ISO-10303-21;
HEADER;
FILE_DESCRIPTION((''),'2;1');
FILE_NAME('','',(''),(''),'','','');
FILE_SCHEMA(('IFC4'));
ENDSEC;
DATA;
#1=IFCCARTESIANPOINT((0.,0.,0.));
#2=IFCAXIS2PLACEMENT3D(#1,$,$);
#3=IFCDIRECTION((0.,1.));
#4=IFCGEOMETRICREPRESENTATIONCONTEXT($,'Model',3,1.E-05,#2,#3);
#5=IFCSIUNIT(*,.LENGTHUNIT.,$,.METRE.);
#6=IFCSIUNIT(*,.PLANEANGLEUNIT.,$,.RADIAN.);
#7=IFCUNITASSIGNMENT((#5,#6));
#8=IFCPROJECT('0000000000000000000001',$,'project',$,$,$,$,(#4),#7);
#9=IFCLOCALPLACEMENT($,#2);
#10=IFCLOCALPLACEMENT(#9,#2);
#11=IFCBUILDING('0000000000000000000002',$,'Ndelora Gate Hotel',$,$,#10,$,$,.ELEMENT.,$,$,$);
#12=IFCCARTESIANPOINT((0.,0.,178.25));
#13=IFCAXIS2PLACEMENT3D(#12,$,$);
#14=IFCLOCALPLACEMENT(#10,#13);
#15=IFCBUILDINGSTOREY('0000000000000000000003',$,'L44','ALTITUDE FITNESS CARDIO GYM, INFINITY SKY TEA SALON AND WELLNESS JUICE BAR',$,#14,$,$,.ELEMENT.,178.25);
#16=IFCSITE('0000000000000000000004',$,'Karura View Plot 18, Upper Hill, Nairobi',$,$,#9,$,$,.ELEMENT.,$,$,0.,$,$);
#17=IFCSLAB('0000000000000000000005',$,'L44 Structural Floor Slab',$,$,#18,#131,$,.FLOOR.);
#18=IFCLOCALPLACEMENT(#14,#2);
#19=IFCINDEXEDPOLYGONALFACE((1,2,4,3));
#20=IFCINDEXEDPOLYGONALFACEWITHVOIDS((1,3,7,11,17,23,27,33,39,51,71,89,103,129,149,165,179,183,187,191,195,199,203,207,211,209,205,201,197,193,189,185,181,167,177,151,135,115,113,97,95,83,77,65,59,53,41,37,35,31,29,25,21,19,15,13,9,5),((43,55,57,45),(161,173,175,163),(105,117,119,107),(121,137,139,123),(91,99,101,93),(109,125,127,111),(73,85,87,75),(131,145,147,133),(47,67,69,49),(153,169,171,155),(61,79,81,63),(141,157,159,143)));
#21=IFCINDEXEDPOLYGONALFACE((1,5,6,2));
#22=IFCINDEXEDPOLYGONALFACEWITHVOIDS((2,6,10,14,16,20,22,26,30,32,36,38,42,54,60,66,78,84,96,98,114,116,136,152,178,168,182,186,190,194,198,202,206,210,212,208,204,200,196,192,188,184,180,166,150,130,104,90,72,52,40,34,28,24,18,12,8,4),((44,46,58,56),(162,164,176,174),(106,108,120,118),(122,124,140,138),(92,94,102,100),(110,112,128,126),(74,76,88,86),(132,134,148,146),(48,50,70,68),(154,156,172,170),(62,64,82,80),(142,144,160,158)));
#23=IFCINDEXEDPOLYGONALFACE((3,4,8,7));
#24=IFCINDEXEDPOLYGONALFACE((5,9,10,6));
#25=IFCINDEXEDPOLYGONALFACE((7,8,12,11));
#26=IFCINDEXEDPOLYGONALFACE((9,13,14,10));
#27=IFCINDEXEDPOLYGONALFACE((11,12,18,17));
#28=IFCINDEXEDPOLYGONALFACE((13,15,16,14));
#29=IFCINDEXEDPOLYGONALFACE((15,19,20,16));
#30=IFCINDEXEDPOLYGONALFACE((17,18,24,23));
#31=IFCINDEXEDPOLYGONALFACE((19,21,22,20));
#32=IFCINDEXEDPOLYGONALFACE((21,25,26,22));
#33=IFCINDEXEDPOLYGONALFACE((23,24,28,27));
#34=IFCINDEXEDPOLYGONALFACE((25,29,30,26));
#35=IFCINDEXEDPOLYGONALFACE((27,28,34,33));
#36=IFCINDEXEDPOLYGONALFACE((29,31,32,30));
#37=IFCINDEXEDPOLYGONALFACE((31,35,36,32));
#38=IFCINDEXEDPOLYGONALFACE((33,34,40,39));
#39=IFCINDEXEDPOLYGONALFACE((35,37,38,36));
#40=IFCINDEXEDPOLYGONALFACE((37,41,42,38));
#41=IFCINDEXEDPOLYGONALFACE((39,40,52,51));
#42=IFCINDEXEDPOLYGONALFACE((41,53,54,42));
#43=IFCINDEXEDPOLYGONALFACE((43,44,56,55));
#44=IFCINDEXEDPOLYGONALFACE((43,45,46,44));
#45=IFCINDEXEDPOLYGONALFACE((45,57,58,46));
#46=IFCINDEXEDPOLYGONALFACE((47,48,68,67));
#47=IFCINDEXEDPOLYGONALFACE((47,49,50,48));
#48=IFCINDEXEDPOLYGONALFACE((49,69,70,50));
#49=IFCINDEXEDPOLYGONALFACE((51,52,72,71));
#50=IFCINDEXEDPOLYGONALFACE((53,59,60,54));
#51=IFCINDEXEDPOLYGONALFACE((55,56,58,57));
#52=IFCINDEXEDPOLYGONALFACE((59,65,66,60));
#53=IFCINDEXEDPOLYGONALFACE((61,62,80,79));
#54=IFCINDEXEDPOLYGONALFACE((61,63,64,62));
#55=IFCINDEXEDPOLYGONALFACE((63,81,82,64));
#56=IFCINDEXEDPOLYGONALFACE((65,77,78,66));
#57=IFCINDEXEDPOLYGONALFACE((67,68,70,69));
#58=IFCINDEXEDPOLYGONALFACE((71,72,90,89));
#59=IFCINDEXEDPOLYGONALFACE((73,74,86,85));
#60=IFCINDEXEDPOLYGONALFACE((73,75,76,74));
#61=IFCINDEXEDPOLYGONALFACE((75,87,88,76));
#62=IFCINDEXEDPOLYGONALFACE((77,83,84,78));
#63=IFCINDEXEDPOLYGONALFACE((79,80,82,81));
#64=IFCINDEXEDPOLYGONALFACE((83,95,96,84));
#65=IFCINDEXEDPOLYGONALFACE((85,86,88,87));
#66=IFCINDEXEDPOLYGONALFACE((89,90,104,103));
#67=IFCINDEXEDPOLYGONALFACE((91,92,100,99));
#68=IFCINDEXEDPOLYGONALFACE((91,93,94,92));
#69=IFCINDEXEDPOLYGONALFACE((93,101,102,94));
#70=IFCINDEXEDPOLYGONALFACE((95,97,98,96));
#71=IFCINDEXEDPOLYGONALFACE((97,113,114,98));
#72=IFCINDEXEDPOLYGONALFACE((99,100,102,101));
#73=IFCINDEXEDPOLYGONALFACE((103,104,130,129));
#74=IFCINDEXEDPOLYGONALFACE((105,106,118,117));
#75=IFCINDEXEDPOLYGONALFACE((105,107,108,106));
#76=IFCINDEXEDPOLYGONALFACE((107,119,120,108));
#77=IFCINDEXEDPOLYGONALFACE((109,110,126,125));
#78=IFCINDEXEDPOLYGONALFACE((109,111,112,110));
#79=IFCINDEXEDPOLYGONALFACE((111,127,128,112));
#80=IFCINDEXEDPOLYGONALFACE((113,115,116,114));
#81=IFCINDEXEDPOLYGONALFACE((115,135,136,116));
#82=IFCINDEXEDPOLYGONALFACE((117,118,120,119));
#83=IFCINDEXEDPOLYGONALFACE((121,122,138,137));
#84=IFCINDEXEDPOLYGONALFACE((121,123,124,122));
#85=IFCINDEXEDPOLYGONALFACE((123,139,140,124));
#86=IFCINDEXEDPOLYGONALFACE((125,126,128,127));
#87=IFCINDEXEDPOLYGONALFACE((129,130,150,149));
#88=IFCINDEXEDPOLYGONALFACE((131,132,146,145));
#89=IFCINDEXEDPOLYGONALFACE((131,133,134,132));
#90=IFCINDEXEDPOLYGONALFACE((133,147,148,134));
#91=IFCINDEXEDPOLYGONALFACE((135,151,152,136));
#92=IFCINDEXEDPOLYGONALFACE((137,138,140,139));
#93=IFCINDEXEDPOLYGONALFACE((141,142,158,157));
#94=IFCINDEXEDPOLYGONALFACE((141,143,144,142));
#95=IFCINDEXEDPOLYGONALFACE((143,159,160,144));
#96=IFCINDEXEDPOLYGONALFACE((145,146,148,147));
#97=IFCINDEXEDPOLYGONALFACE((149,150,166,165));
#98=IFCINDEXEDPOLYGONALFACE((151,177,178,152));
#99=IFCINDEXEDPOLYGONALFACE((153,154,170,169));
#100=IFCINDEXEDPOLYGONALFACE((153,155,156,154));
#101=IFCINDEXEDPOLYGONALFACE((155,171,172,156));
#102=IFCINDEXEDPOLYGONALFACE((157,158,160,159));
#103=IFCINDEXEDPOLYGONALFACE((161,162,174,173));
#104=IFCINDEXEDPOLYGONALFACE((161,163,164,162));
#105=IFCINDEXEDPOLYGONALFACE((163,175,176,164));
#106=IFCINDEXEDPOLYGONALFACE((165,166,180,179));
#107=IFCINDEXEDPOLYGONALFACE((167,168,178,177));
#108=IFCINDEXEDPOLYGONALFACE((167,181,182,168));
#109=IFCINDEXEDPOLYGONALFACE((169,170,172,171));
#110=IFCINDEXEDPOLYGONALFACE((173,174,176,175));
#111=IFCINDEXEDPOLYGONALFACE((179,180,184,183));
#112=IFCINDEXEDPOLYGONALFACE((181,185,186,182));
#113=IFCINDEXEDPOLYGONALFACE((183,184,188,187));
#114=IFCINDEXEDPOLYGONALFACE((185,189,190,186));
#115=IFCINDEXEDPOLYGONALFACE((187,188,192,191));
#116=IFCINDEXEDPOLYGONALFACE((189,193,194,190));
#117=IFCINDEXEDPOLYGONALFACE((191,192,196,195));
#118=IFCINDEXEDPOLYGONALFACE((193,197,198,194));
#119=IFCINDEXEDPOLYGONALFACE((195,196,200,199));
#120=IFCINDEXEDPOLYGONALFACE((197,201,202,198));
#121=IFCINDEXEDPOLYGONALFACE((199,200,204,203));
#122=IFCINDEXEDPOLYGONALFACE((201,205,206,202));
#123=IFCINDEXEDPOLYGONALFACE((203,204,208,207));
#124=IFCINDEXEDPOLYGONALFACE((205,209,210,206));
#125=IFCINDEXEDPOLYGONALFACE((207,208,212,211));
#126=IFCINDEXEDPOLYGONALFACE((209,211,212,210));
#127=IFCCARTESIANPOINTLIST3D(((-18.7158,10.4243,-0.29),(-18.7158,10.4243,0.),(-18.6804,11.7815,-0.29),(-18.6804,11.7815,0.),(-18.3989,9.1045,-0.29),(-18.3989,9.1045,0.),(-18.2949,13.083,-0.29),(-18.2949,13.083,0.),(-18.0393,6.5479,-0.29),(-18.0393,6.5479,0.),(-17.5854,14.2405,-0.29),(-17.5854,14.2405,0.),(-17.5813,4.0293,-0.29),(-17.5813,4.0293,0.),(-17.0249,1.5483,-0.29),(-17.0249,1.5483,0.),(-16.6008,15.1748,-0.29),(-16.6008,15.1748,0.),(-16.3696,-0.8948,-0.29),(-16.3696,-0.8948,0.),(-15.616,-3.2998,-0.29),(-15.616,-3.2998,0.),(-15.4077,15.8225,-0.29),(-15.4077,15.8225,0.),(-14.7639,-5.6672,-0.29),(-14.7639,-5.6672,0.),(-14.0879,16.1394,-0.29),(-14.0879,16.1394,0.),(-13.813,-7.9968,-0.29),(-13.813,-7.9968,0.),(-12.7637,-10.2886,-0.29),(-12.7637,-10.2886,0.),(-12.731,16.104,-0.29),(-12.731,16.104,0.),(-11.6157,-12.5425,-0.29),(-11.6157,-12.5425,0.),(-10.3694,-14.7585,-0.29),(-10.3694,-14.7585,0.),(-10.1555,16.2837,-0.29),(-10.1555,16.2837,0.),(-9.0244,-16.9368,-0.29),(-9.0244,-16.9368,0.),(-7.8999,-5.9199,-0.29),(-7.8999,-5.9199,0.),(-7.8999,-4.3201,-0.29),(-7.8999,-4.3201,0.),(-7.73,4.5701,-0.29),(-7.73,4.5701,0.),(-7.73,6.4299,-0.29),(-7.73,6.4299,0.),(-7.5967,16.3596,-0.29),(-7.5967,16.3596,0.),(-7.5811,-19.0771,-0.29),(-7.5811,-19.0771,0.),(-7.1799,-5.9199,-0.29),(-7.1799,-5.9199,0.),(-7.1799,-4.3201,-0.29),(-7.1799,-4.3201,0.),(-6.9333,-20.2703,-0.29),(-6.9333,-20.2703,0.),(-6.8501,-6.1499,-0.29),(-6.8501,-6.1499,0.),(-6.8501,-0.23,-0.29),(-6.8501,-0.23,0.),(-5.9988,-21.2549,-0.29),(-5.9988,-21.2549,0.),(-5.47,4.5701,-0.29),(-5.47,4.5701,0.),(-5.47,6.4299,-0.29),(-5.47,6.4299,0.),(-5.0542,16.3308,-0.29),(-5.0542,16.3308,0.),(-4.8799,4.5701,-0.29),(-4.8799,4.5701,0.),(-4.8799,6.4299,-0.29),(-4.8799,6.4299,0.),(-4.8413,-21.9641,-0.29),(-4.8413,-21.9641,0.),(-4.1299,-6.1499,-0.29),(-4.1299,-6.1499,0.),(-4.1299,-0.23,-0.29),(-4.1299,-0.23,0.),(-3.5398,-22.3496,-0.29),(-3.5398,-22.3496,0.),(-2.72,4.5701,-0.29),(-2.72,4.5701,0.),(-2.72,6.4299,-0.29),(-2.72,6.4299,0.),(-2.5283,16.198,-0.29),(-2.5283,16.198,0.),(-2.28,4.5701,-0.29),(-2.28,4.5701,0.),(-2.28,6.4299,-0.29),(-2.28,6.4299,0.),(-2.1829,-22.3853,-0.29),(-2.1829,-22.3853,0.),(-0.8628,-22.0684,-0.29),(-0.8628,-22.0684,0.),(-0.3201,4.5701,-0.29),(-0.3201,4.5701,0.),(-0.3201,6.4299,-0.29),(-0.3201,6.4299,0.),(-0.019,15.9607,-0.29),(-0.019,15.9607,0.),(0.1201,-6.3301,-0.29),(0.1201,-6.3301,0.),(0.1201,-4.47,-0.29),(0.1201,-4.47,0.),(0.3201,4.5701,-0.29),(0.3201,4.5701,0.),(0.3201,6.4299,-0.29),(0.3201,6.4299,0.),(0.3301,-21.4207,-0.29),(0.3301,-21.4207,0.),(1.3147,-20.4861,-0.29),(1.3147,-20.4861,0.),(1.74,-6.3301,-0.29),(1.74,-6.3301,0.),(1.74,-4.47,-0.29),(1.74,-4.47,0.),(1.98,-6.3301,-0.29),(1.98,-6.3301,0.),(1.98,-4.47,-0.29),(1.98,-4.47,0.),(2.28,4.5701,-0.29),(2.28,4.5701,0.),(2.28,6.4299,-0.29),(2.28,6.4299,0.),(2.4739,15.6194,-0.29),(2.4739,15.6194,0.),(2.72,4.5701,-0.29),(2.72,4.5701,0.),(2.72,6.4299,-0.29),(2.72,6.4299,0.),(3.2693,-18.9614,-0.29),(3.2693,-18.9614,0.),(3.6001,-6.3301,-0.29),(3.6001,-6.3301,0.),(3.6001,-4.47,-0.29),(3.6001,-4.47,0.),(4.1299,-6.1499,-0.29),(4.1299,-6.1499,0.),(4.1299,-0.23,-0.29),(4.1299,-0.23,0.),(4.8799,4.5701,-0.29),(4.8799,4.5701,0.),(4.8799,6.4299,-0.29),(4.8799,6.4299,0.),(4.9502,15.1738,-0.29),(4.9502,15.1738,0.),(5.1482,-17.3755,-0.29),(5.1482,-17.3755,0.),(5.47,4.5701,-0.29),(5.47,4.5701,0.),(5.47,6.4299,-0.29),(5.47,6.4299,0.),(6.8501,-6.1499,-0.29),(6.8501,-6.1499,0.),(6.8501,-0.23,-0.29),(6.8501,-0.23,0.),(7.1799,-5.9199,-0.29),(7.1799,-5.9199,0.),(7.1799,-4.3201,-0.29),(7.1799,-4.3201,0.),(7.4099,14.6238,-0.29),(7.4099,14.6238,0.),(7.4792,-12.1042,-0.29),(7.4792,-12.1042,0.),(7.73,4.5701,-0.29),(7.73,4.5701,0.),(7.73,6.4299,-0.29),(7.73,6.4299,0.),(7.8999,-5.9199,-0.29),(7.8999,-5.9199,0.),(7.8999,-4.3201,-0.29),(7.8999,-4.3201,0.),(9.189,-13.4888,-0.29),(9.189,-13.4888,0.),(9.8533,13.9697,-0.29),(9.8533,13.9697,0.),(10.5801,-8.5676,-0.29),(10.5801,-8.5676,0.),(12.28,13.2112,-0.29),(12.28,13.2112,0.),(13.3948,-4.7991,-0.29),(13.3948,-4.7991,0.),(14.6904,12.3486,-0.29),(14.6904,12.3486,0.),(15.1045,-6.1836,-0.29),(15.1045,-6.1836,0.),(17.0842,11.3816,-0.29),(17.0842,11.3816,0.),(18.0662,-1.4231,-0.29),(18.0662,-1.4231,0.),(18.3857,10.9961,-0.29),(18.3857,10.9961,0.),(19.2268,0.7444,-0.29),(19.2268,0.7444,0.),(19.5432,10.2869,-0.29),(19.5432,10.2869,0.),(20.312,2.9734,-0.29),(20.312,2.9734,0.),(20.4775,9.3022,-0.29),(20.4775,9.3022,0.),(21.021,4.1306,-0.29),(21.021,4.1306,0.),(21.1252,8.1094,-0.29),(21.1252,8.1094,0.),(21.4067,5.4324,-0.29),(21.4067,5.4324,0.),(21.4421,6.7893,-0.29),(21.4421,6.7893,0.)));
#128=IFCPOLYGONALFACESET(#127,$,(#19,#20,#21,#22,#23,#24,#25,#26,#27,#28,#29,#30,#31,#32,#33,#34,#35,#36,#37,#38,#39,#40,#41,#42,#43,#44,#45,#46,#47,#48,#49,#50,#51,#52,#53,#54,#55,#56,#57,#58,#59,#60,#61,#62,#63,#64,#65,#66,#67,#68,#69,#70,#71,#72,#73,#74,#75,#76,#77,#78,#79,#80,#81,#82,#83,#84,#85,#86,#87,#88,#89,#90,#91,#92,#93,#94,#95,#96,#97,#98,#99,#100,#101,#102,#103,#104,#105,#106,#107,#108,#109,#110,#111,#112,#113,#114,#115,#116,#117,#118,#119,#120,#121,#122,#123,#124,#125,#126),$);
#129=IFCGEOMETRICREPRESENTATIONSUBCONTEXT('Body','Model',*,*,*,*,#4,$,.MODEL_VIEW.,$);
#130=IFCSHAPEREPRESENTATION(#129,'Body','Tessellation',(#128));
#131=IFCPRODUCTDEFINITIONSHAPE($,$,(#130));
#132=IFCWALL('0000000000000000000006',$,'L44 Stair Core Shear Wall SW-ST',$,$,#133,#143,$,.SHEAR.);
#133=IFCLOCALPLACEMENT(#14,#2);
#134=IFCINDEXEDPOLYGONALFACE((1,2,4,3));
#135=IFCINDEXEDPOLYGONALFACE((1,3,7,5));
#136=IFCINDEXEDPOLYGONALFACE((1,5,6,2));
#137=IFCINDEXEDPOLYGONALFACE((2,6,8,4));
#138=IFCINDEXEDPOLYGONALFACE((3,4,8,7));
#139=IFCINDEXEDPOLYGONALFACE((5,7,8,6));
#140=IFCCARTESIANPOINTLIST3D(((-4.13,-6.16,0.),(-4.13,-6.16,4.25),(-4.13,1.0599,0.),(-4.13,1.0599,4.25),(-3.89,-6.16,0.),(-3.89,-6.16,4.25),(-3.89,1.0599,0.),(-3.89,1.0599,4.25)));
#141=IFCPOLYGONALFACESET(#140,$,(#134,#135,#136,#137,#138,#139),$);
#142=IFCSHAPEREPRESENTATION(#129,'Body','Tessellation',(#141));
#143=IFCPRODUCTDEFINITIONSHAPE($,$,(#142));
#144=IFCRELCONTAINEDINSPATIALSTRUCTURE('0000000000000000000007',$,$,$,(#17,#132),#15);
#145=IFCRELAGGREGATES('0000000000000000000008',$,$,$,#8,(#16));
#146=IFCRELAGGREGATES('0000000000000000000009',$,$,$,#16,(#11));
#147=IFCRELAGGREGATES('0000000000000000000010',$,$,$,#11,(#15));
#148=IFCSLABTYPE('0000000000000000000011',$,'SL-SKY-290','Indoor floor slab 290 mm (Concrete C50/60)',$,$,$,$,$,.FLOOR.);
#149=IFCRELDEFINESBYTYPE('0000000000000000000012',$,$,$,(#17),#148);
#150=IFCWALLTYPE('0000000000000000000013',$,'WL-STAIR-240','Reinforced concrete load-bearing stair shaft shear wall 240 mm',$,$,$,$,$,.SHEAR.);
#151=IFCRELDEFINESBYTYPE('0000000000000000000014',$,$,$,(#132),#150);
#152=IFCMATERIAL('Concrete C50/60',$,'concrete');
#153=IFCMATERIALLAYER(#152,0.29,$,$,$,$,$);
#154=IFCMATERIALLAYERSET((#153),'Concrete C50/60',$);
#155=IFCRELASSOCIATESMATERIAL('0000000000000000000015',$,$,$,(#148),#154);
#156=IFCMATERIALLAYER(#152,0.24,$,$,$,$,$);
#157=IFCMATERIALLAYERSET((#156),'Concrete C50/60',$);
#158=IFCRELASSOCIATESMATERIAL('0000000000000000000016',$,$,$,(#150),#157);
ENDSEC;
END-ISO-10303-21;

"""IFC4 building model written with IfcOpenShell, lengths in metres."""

from ifc_helpers import new_model, si_unit, direction, frame, frame_2d, origin, place, context, subcontext, project, spatial, polyline, rectangle, outline, extrude, material, layer, layer_set, type_object, element, save


model = new_model("IFC4")

# Units and contexts
model_context = context("Model", 3, precision=1e-05, world=origin(), true_north=direction((0.0, 1.0)))
body_context = subcontext(model_context, "Body", "Model", "MODEL_VIEW")
ifc_project = project(units=[si_unit("LENGTHUNIT", "METRE"), si_unit("PLANEANGLEUNIT", "RADIAN")], contexts=[model_context])

# Site, building, storey
site_placement = place(None, origin())
site = spatial("IfcSite", under=ifc_project, at=site_placement, Name="Karura View Plot 18, Upper Hill, Nairobi", CompositionType="ELEMENT", RefElevation=0.0)
building_placement = place(site_placement, origin())
building = spatial("IfcBuilding", under=site, at=building_placement, Name="Ndelora Gate Hotel", CompositionType="ELEMENT")
storey_placement = place(building_placement, frame((0.0, 0.0, 178.25)))
storey = spatial("IfcBuildingStorey", under=building, at=storey_placement, Name="L44", Description="ALTITUDE FITNESS CARDIO GYM, INFINITY SKY TEA SALON AND WELLNESS JUICE BAR", CompositionType="ELEMENT", Elevation=178.25)

# Slab
ifc_material_1 = material(Name="Concrete C50/60", Category="concrete")
ifc_layer_1 = layer(ifc_material_1, 0.29)
ifc_layer_set_1 = layer_set([ifc_layer_1], Name="Concrete C50/60")
slab_type = type_object("IfcSlabType", Name="SL-SKY-290", Description="Indoor floor slab 290 mm (Concrete C50/60)", PredefinedType="FLOOR", material=ifc_layer_set_1)
slab_placement = place(storey_placement, frame((0.0, 0.0, -0.29)))
element("IfcSlab", 1, at=slab_placement, inside=storey, type_object=slab_type, Name="L44 Structural Floor Slab", PredefinedType="FLOOR", context=body_context, shape_type="SweptSolid", body=[
    extrude(outline(polyline([(-12.731, 16.104), (-14.0879, 16.1394), (-15.4077, 15.8225), (-16.6008, 15.1748), (-17.5854, 14.2405), (-18.2949, 13.083), (-18.6804, 11.7815), (-18.7158, 10.4243), (-18.3989, 9.1045), (-18.0393, 6.5479), (-17.5813, 4.0293), (-17.0249, 1.5483), (-16.3696, -0.8948), (-15.616, -3.2998), (-14.7639, -5.6672), (-13.813, -7.9968), (-12.7637, -10.2886), (-11.6157, -12.5425), (-10.3694, -14.7585), (-9.0244, -16.9368), (-7.5811, -19.0771), (-6.9333, -20.2703), (-5.9988, -21.2549), (-4.8413, -21.9641), (-3.5398, -22.3496), (-2.1829, -22.3853), (-0.8628, -22.0684), (0.3301, -21.4207), (1.3147, -20.4861), (3.2693, -18.9614), (5.1482, -17.3755), (9.189, -13.4888), (7.4792, -12.1042), (10.5801, -8.5676), (13.3948, -4.7991), (15.1045, -6.1836), (18.0662, -1.4231), (19.2268, 0.7444), (20.312, 2.9734), (21.021, 4.1306), (21.4067, 5.4324), (21.4421, 6.7893), (21.1252, 8.1094), (20.4775, 9.3022), (19.5432, 10.2869), (18.3857, 10.9961), (17.0842, 11.3816), (14.6904, 12.3486), (12.28, 13.2112), (9.8533, 13.9697), (7.4099, 14.6238), (4.9502, 15.1738), (2.4739, 15.6194), (-0.019, 15.9607), (-2.5283, 16.198), (-5.0542, 16.3308), (-7.5967, 16.3596), (-10.1555, 16.2837), (-12.731, 16.104)]), holes=[polyline([(-6.8501, -0.23), (-6.8501, -6.1499), (-4.1299, -6.1499), (-4.1299, -0.23), (-6.8501, -0.23)]), polyline([(4.1299, -0.23), (4.1299, -6.1499), (6.8501, -6.1499), (6.8501, -0.23), (4.1299, -0.23)]), polyline([(-7.73, 4.5701), (-5.47, 4.5701), (-5.47, 6.4299), (-7.73, 6.4299), (-7.73, 4.5701)]), polyline([(5.47, 4.5701), (7.73, 4.5701), (7.73, 6.4299), (5.47, 6.4299), (5.47, 4.5701)]), polyline([(-4.8799, 4.5701), (-2.72, 4.5701), (-2.72, 6.4299), (-4.8799, 6.4299), (-4.8799, 4.5701)]), polyline([(2.72, 4.5701), (4.8799, 4.5701), (4.8799, 6.4299), (2.72, 6.4299), (2.72, 4.5701)]), polyline([(0.1201, -6.3301), (1.74, -6.3301), (1.74, -4.47), (0.1201, -4.47), (0.1201, -6.3301)]), polyline([(1.98, -6.3301), (3.6001, -6.3301), (3.6001, -4.47), (1.98, -4.47), (1.98, -6.3301)]), polyline([(-2.28, 4.5701), (-0.3201, 4.5701), (-0.3201, 6.4299), (-2.28, 6.4299), (-2.28, 4.5701)]), polyline([(0.3201, 4.5701), (2.28, 4.5701), (2.28, 6.4299), (0.3201, 6.4299), (0.3201, 4.5701)]), polyline([(-7.8999, -5.9199), (-7.1799, -5.9199), (-7.1799, -4.3201), (-7.8999, -4.3201), (-7.8999, -5.9199)]), polyline([(7.1799, -5.9199), (7.8999, -5.9199), (7.8999, -4.3201), (7.1799, -4.3201), (7.1799, -5.9199)])]), origin(), (0.0, 0.0, 1.0), 0.29),
])

# Wall
ifc_layer_2 = layer(ifc_material_1, 0.24)
ifc_layer_set_2 = layer_set([ifc_layer_2], Name="Concrete C50/60")
wall_type_1 = type_object("IfcWallType", Name="WL-STAIR-240", Description="Reinforced concrete load-bearing stair shaft shear wall 240 mm", PredefinedType="SHEAR", material=ifc_layer_set_2)
wall_1_placement = place(storey_placement, frame((-4.01, -6.1599, 0.0), z_axis=(0.0, 0.0, 1.0), x_axis=(0.0, 1.0, 0.0)))
element("IfcWall", 2, at=wall_1_placement, inside=storey, type_object=wall_type_1, Name="L44 Stair Core Shear Wall SW-ST", PredefinedType="SHEAR", context=body_context, shape_type="SweptSolid", body=[
    extrude(rectangle(XDim=7.22, YDim=0.24, at=frame_2d((3.6099, 0.0))), origin(), (0.0, 0.0, 1.0), 4.25),
])

save(model, "model.ifc")
